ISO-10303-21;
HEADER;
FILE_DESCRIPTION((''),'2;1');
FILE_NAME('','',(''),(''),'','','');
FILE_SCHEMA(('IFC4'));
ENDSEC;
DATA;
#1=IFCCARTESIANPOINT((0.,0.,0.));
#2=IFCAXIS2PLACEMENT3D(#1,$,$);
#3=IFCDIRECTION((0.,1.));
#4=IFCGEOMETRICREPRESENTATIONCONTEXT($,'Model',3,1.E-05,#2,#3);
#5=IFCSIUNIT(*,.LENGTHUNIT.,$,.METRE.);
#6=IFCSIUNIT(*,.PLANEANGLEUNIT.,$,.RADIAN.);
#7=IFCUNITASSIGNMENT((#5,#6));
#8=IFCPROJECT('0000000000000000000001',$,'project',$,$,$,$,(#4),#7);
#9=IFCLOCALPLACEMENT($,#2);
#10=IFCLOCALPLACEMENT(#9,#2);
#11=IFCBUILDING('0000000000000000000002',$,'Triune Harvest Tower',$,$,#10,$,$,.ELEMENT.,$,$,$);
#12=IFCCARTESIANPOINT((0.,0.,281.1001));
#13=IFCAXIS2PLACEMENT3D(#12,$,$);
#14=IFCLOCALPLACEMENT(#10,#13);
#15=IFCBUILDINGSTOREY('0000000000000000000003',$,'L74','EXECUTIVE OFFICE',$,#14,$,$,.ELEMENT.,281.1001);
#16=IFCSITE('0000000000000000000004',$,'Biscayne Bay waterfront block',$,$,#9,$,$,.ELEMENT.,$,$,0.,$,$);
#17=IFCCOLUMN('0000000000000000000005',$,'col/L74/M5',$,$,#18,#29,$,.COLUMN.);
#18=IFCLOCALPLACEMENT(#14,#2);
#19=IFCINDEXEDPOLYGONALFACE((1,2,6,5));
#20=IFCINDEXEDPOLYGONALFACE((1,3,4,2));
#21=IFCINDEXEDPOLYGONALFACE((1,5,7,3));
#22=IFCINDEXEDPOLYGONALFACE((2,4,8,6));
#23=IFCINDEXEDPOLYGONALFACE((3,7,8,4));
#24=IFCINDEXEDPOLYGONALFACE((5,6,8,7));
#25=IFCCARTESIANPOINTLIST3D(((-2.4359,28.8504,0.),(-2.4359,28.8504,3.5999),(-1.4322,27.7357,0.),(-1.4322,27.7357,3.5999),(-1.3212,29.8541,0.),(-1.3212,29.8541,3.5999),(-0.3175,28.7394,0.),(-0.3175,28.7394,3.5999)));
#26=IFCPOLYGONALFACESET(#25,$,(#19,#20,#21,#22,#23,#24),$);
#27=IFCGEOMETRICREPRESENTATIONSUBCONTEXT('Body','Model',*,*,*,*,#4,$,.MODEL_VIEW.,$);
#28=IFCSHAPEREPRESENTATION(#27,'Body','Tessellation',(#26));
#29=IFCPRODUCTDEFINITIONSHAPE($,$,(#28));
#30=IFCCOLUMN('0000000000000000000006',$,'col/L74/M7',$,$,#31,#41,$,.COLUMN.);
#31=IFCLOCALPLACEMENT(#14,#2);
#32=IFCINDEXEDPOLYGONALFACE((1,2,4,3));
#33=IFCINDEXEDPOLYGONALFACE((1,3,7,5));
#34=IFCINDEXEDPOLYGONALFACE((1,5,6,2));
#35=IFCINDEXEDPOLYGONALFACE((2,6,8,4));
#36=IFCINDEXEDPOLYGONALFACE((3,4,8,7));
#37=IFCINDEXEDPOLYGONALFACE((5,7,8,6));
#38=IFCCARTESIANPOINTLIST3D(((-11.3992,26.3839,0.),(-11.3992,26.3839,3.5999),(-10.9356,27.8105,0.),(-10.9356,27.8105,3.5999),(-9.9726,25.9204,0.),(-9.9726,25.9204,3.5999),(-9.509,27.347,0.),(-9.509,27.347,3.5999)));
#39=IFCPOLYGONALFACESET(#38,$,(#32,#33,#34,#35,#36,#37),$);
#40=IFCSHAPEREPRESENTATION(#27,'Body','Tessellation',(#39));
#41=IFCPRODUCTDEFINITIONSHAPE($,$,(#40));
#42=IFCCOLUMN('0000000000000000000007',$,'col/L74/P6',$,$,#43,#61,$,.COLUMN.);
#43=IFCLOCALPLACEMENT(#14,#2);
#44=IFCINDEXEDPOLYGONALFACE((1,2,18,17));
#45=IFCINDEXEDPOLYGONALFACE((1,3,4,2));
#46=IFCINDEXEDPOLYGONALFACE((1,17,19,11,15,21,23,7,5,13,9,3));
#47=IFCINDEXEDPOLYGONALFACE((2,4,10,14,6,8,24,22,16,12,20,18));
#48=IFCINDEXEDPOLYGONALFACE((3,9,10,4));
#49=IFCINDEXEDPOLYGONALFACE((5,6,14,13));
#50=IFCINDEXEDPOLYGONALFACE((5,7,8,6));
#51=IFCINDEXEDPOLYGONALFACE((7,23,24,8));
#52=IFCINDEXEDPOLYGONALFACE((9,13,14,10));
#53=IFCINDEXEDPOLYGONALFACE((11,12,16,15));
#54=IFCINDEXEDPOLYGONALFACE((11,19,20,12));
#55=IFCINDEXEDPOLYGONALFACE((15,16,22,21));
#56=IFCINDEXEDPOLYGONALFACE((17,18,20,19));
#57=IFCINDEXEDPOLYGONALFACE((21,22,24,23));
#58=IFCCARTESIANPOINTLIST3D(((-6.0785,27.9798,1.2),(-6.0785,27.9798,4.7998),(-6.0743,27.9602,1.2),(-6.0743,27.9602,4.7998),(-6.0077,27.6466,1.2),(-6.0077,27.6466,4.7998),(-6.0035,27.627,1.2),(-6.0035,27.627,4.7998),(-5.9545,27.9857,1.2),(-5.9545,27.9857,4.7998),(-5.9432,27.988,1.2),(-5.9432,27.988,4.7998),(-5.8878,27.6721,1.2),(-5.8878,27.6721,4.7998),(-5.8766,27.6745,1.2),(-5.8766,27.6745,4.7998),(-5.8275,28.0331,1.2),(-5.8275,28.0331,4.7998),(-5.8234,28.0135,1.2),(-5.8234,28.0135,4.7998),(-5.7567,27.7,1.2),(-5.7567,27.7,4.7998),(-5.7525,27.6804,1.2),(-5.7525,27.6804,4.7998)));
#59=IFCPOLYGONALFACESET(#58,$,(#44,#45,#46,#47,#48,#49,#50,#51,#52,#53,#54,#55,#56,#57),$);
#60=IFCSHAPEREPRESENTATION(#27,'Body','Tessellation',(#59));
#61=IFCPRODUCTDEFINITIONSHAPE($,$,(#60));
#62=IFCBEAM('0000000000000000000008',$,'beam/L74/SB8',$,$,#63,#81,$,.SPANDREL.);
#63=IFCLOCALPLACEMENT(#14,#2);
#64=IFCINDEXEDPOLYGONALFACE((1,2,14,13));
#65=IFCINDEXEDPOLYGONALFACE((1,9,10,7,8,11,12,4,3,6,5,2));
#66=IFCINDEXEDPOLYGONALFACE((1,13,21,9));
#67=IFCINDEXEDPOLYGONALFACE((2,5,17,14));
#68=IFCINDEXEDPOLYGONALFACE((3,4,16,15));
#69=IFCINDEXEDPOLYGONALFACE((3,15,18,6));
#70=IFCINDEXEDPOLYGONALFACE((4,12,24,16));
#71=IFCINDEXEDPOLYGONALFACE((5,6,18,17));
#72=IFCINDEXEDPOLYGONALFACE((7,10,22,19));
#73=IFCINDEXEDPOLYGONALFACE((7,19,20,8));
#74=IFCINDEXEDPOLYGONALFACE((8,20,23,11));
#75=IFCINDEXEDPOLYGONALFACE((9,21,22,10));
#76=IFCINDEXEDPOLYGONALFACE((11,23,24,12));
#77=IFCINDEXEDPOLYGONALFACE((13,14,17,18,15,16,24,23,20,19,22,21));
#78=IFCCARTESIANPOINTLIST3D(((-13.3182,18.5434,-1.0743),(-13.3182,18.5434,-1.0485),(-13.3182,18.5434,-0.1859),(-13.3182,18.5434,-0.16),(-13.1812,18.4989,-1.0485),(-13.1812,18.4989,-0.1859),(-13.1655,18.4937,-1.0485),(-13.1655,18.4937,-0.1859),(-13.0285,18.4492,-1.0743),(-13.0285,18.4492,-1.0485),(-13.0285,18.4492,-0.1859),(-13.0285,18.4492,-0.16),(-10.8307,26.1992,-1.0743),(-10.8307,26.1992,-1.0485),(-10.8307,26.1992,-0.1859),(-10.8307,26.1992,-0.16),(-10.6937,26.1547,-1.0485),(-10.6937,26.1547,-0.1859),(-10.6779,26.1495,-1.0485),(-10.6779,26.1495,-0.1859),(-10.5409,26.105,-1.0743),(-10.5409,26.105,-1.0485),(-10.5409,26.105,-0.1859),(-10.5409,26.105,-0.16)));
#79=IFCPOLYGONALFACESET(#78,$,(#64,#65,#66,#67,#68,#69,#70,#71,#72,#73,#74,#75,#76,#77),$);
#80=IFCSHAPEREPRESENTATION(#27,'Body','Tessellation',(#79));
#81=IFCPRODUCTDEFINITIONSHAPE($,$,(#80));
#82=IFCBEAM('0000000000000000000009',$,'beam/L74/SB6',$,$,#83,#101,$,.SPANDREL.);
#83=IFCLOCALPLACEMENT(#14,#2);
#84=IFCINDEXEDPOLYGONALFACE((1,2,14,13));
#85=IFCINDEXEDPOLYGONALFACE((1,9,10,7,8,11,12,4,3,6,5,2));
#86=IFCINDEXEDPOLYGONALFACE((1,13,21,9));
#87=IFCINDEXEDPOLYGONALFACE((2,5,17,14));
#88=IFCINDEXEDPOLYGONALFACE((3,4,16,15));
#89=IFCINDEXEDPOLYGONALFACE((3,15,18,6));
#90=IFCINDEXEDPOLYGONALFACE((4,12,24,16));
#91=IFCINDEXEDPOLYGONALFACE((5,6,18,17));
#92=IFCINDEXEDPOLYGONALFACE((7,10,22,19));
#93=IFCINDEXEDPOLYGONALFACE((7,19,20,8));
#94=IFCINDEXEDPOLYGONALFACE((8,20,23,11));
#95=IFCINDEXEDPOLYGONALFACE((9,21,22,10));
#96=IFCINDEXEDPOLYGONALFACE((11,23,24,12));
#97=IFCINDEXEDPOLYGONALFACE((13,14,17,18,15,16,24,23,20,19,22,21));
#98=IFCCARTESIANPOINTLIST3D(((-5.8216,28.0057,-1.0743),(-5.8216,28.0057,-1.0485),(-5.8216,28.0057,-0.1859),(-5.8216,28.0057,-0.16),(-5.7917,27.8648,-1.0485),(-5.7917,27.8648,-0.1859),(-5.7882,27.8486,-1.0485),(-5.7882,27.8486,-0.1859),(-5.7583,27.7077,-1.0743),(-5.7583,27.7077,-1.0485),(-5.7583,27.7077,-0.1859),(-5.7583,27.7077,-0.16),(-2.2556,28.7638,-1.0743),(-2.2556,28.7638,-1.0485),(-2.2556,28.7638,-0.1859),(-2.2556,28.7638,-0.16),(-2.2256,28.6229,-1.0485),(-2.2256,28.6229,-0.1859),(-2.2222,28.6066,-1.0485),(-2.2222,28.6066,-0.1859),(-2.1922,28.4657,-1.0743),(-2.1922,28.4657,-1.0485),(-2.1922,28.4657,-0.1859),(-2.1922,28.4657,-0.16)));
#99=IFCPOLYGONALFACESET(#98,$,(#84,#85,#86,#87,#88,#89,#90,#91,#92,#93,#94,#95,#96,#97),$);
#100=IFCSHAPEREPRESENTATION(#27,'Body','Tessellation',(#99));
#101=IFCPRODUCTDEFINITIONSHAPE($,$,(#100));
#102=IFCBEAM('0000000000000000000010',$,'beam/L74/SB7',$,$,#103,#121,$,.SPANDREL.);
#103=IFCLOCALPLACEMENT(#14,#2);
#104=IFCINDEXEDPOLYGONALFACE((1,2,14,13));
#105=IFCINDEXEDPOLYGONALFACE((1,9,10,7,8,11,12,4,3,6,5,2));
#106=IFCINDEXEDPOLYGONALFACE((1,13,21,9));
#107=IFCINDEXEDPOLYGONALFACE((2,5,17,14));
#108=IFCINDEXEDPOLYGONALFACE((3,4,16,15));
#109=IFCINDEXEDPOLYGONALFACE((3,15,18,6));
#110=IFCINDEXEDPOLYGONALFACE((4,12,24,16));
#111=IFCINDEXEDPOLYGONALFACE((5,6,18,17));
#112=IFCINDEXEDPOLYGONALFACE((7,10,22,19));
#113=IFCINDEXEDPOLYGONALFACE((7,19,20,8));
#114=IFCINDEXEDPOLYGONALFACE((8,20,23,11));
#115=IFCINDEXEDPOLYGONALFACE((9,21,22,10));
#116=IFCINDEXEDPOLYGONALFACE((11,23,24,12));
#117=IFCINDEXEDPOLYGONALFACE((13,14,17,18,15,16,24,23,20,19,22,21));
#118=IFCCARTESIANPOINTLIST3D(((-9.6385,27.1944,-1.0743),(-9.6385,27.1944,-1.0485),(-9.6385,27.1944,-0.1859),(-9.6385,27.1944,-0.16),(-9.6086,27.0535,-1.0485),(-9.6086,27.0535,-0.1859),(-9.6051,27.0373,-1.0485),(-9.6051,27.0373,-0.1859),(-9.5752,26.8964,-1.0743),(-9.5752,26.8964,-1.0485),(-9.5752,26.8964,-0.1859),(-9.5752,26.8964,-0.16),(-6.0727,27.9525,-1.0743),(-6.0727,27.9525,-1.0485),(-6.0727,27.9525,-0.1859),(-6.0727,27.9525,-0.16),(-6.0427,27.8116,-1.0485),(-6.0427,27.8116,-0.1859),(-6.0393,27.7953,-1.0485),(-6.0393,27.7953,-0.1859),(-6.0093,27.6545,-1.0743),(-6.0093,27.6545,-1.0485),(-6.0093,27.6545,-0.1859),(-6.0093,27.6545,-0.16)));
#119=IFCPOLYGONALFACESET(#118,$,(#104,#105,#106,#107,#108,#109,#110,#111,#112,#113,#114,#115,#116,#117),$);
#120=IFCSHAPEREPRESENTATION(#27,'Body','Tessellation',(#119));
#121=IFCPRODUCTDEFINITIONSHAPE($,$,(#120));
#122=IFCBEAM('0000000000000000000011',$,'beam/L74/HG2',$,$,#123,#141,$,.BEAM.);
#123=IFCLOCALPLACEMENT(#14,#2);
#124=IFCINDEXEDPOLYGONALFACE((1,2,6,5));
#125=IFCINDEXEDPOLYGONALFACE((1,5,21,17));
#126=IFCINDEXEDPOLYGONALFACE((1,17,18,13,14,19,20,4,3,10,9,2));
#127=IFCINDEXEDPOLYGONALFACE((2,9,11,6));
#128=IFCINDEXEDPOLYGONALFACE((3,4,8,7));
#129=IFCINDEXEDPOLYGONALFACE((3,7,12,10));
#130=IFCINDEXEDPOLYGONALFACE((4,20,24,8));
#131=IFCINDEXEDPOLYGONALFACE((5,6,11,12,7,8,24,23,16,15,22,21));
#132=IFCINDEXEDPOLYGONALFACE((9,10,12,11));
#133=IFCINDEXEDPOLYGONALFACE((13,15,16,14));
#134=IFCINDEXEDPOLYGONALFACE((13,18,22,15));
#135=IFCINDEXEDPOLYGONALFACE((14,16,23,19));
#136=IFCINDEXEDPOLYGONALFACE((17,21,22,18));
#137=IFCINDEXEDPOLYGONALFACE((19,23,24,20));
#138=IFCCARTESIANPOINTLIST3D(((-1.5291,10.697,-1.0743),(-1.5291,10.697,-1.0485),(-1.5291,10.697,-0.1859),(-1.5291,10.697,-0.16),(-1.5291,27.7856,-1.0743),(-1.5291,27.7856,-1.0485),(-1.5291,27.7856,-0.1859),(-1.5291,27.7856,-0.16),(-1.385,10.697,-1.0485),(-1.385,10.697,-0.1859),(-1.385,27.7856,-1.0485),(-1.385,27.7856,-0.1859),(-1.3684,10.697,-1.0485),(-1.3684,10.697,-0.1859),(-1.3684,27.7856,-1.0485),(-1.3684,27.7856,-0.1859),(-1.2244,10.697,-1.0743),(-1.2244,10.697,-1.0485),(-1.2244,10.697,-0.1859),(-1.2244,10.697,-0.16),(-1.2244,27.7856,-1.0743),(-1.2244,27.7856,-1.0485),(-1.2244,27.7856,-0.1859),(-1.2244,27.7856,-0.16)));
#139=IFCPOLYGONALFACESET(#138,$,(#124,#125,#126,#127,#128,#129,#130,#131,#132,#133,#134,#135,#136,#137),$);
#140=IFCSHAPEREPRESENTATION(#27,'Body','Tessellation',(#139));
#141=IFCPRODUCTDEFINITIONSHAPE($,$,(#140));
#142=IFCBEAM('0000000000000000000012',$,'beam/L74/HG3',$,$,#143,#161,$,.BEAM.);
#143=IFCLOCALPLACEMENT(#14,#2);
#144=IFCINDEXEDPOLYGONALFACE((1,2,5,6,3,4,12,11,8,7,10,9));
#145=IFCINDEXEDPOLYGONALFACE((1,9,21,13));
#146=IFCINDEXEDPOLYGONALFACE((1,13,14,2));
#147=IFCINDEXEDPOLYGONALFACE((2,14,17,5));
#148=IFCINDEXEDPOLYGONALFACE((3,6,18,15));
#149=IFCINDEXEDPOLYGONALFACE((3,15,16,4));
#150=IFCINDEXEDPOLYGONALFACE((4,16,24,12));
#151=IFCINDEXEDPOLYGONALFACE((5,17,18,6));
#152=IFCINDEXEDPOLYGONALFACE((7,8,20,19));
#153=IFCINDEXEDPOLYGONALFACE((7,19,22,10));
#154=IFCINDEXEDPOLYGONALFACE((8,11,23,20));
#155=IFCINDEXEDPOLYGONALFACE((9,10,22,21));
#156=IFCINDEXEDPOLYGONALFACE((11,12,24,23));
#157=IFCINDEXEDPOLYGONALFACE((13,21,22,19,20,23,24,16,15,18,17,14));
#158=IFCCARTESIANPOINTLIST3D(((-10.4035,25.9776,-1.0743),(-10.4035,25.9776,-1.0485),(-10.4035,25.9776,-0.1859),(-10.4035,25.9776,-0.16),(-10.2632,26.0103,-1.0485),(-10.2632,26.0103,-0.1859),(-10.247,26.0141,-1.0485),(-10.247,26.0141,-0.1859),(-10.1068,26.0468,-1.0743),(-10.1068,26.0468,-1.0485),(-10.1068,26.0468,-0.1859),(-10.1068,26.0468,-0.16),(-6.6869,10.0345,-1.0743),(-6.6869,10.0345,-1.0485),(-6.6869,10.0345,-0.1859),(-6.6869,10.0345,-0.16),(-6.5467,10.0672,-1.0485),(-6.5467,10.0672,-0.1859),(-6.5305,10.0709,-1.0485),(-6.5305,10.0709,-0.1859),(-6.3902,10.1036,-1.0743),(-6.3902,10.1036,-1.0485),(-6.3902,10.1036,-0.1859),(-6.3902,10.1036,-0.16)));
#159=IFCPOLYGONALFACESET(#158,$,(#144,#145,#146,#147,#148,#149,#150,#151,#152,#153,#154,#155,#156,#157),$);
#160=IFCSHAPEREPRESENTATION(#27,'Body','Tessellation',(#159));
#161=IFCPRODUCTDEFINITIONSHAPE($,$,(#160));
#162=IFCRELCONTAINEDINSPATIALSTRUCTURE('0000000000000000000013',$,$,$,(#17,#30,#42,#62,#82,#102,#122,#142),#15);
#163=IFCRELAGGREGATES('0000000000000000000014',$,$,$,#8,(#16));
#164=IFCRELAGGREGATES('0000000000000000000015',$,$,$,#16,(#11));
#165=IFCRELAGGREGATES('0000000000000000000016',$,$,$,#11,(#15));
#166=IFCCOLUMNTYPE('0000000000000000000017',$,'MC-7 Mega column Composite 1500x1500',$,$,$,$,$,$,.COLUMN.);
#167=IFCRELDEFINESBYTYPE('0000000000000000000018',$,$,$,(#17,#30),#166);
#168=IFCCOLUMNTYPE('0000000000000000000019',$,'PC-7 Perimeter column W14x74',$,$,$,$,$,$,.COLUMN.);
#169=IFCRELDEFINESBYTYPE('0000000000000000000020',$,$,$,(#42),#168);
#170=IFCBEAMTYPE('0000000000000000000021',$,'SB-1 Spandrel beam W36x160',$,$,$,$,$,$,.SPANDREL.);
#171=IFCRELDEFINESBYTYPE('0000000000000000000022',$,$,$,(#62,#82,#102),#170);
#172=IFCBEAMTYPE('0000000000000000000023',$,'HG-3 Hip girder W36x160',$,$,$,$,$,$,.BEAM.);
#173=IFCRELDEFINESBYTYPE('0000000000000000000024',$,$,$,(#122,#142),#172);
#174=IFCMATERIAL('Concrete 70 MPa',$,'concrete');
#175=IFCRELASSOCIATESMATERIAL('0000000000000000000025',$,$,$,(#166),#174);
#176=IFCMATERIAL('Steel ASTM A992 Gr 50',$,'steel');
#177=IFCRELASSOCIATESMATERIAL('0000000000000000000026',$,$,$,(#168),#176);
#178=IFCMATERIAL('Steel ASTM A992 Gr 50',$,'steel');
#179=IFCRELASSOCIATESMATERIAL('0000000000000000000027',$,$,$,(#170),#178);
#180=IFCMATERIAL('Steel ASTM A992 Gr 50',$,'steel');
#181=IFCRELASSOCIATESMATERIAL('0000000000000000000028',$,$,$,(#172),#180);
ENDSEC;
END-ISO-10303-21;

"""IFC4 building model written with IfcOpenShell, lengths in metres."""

from ifc_helpers import new_model, si_unit, direction, frame, origin, origin_2d, place, context, subcontext, project, spatial, rectangle, i_section, extrude, source, transform, mapped, material, material_profile, profile_set, type_object, element, save


model = new_model("IFC4")

# Units and contexts
model_context = context("Model", 3, precision=1e-05, world=origin(), true_north=direction((0.0, 1.0)))
body_context = subcontext(model_context, "Body", "Model", "MODEL_VIEW")
ifc_project = project(units=[si_unit("LENGTHUNIT", "METRE"), si_unit("PLANEANGLEUNIT", "RADIAN")], contexts=[model_context])

# Site, building, storey
site_placement = place(None, origin())
site = spatial("IfcSite", under=ifc_project, at=site_placement, Name="Biscayne Bay waterfront block", CompositionType="ELEMENT", RefElevation=0.0)
building_placement = place(site_placement, origin())
building = spatial("IfcBuilding", under=site, at=building_placement, Name="Triune Harvest Tower", CompositionType="ELEMENT")
storey_placement = place(building_placement, frame((0.0, 0.0, 281.1001)))
storey = spatial("IfcBuildingStorey", under=building, at=storey_placement, Name="L74", Description="EXECUTIVE OFFICE", CompositionType="ELEMENT", Elevation=281.1001)

# Columns
ifc_material_1 = material(Name="Concrete 70 MPa", Category="concrete")
ifc_material_profile_1 = material_profile(ifc_material_1, rectangle(XDim=1.5, YDim=1.5, at=origin_2d()), Name="Composite 1500x1500")
ifc_profile_set_1 = profile_set([ifc_material_profile_1], Name="Concrete 70 MPa")
column_type_1 = type_object("IfcColumnType", Name="MC-7 Mega column Composite 1500x1500", PredefinedType="COLUMN", material=ifc_profile_set_1)
shared_shape_1 = source(origin(), body_context, "Body", "SweptSolid", [
    extrude(rectangle(XDim=1.5, YDim=1.5, at=origin_2d()), origin(), (0.0, 0.0, 1.0), 3.5999),
])
for number, where, z_axis, x_axis, name in (
    (1, (-1.3767, 28.7949, 0.0), (0.0, 0.0, 1.0), (-0.669131, 0.743145, 0.0), "col/L74/M5"),
    (2, (-10.4541, 26.8655, 0.0), (0.0, 0.0, 1.0), (-0.309015, -0.951057, 0.0), "col/L74/M7"),
):
    element("IfcColumn", number, at=place(storey_placement, frame(where, z_axis=z_axis, x_axis=x_axis)), inside=storey, type_object=column_type_1, Name=name, PredefinedType="COLUMN", context=body_context, shape_type="MappedRepresentation", body=[
        mapped(shared_shape_1, transform((0.0, 0.0, 0.0), scale=1.0)),
    ])
ifc_material_2 = material(Name="Steel ASTM A992 Gr 50", Category="steel")
ifc_material_profile_2 = material_profile(ifc_material_2, i_section(OverallWidth=0.2566, OverallDepth=0.3606, WebThickness=0.0115, FlangeThickness=0.02, at=origin_2d()), Name="W14x74")
ifc_profile_set_2 = profile_set([ifc_material_profile_2], Name="Steel ASTM A992 Gr 50")
column_type_2 = type_object("IfcColumnType", Name="PC-7 Perimeter column W14x74", PredefinedType="COLUMN", material=ifc_profile_set_2)
shared_shape_2 = source(origin(), body_context, "Body", "SweptSolid", [
    extrude(i_section(OverallWidth=0.2566, OverallDepth=0.3606, WebThickness=0.0115, FlangeThickness=0.02, at=origin_2d()), origin(), (0.0, 0.0, 1.0), 3.5999),
])
column_placement = place(storey_placement, frame((-5.9155, 27.8301, 1.2), z_axis=(0.0, 0.0, 1.0), x_axis=(-0.978148, -0.207912, 0.0)))
element("IfcColumn", 3, at=column_placement, inside=storey, type_object=column_type_2, Name="col/L74/P6", PredefinedType="COLUMN", context=body_context, shape_type="MappedRepresentation", body=[
    mapped(shared_shape_2, transform((0.0, 0.0, 0.0), scale=1.0)),
])

# Beams
ifc_material_3 = material(Name="Steel ASTM A992 Gr 50", Category="steel")
ifc_material_profile_3 = material_profile(ifc_material_3, i_section(OverallWidth=0.3047, OverallDepth=0.9143, WebThickness=0.0166, FlangeThickness=0.0259, at=origin_2d()), Name="W36x160")
ifc_profile_set_3 = profile_set([ifc_material_profile_3], Name="Steel ASTM A992 Gr 50")
beam_type_1 = type_object("IfcBeamType", Name="SB-1 Spandrel beam W36x160", PredefinedType="SPANDREL", material=ifc_profile_set_3)
shared_shape_3 = source(origin(), body_context, "Body", "SweptSolid", [
    extrude(i_section(OverallWidth=0.3047, OverallDepth=0.9143, WebThickness=0.0166, FlangeThickness=0.0259, at=origin_2d()), origin(), (0.0, 0.0, 1.0), 8.0498),
])
beam_1_placement = place(storey_placement, frame((-10.6858, 26.1521, -0.6172), z_axis=(-0.309022, -0.951055, 0.0), x_axis=(0.951055, -0.309022, 0.0)))
element("IfcBeam", 4, at=beam_1_placement, inside=storey, type_object=beam_type_1, Name="beam/L74/SB8", PredefinedType="SPANDREL", context=body_context, shape_type="MappedRepresentation", body=[
    mapped(shared_shape_3, transform((0.0, 0.0, 0.0), scale=1.0)),
])
shared_shape_4 = source(origin(), body_context, "Body", "SweptSolid", [
    extrude(i_section(OverallWidth=0.3047, OverallDepth=0.9143, WebThickness=0.0166, FlangeThickness=0.0259, at=origin_2d()), origin(), (0.0, 0.0, 1.0), 3.6458),
])
beam_2_placement = place(storey_placement, frame((-2.2239, 28.6147, -0.6172), z_axis=(-0.978145, -0.207924, 0.0), x_axis=(0.207924, -0.978145, 0.0)))
element("IfcBeam", 5, at=beam_2_placement, inside=storey, type_object=beam_type_1, Name="beam/L74/SB6", PredefinedType="SPANDREL", context=body_context, shape_type="MappedRepresentation", body=[
    mapped(shared_shape_4, transform((0.0, 0.0, 0.0), scale=1.0)),
])
shared_shape_5 = source(origin(), body_context, "Body", "SweptSolid", [
    extrude(i_section(OverallWidth=0.3047, OverallDepth=0.9143, WebThickness=0.0166, FlangeThickness=0.0259, at=origin_2d()), origin(), (0.0, 0.0, 1.0), 3.6455),
])
beam_3_placement = place(storey_placement, frame((-6.041, 27.8035, -0.6172), z_axis=(-0.978142, -0.207937, 0.0), x_axis=(0.207937, -0.978142, 0.0)))
element("IfcBeam", 6, at=beam_3_placement, inside=storey, type_object=beam_type_1, Name="beam/L74/SB7", PredefinedType="SPANDREL", context=body_context, shape_type="MappedRepresentation", body=[
    mapped(shared_shape_5, transform((0.0, 0.0, 0.0), scale=1.0)),
])
ifc_material_4 = material(Name="Steel ASTM A992 Gr 50", Category="steel")
ifc_material_profile_4 = material_profile(ifc_material_4, i_section(OverallWidth=0.3047, OverallDepth=0.9143, WebThickness=0.0166, FlangeThickness=0.0259, at=origin_2d()), Name="W36x160")
ifc_profile_set_4 = profile_set([ifc_material_profile_4], Name="Steel ASTM A992 Gr 50")
beam_type_2 = type_object("IfcBeamType", Name="HG-3 Hip girder W36x160", PredefinedType="BEAM", material=ifc_profile_set_4)
shared_shape_6 = source(origin(), body_context, "Body", "SweptSolid", [
    extrude(i_section(OverallWidth=0.3047, OverallDepth=0.9143, WebThickness=0.0166, FlangeThickness=0.0259, at=origin_2d()), origin(), (0.0, 0.0, 1.0), 17.0886),
])
beam_4_placement = place(storey_placement, frame((-1.3767, 27.7856, -0.6172), z_axis=(0.0, -1.0, 0.0), x_axis=(1.0, 0.0, 0.0)))
element("IfcBeam", 7, at=beam_4_placement, inside=storey, type_object=beam_type_2, Name="beam/L74/HG2", PredefinedType="BEAM", context=body_context, shape_type="MappedRepresentation", body=[
    mapped(shared_shape_6, transform((0.0, 0.0, 0.0), scale=1.0)),
])
shared_shape_7 = source(origin(), body_context, "Body", "SweptSolid", [
    extrude(i_section(OverallWidth=0.3047, OverallDepth=0.9143, WebThickness=0.0166, FlangeThickness=0.0259, at=origin_2d()), origin(), (0.0, 0.0, 1.0), 16.3706),
])
beam_5_placement = place(storey_placement, frame((-10.2551, 26.0122, -0.6172), z_axis=(0.227026, -0.973889, 0.0), x_axis=(0.973889, 0.227026, 0.0)))
element("IfcBeam", 8, at=beam_5_placement, inside=storey, type_object=beam_type_2, Name="beam/L74/HG3", PredefinedType="BEAM", context=body_context, shape_type="MappedRepresentation", body=[
    mapped(shared_shape_7, transform((0.0, 0.0, 0.0), scale=1.0)),
])

save(model, "model.ifc")
